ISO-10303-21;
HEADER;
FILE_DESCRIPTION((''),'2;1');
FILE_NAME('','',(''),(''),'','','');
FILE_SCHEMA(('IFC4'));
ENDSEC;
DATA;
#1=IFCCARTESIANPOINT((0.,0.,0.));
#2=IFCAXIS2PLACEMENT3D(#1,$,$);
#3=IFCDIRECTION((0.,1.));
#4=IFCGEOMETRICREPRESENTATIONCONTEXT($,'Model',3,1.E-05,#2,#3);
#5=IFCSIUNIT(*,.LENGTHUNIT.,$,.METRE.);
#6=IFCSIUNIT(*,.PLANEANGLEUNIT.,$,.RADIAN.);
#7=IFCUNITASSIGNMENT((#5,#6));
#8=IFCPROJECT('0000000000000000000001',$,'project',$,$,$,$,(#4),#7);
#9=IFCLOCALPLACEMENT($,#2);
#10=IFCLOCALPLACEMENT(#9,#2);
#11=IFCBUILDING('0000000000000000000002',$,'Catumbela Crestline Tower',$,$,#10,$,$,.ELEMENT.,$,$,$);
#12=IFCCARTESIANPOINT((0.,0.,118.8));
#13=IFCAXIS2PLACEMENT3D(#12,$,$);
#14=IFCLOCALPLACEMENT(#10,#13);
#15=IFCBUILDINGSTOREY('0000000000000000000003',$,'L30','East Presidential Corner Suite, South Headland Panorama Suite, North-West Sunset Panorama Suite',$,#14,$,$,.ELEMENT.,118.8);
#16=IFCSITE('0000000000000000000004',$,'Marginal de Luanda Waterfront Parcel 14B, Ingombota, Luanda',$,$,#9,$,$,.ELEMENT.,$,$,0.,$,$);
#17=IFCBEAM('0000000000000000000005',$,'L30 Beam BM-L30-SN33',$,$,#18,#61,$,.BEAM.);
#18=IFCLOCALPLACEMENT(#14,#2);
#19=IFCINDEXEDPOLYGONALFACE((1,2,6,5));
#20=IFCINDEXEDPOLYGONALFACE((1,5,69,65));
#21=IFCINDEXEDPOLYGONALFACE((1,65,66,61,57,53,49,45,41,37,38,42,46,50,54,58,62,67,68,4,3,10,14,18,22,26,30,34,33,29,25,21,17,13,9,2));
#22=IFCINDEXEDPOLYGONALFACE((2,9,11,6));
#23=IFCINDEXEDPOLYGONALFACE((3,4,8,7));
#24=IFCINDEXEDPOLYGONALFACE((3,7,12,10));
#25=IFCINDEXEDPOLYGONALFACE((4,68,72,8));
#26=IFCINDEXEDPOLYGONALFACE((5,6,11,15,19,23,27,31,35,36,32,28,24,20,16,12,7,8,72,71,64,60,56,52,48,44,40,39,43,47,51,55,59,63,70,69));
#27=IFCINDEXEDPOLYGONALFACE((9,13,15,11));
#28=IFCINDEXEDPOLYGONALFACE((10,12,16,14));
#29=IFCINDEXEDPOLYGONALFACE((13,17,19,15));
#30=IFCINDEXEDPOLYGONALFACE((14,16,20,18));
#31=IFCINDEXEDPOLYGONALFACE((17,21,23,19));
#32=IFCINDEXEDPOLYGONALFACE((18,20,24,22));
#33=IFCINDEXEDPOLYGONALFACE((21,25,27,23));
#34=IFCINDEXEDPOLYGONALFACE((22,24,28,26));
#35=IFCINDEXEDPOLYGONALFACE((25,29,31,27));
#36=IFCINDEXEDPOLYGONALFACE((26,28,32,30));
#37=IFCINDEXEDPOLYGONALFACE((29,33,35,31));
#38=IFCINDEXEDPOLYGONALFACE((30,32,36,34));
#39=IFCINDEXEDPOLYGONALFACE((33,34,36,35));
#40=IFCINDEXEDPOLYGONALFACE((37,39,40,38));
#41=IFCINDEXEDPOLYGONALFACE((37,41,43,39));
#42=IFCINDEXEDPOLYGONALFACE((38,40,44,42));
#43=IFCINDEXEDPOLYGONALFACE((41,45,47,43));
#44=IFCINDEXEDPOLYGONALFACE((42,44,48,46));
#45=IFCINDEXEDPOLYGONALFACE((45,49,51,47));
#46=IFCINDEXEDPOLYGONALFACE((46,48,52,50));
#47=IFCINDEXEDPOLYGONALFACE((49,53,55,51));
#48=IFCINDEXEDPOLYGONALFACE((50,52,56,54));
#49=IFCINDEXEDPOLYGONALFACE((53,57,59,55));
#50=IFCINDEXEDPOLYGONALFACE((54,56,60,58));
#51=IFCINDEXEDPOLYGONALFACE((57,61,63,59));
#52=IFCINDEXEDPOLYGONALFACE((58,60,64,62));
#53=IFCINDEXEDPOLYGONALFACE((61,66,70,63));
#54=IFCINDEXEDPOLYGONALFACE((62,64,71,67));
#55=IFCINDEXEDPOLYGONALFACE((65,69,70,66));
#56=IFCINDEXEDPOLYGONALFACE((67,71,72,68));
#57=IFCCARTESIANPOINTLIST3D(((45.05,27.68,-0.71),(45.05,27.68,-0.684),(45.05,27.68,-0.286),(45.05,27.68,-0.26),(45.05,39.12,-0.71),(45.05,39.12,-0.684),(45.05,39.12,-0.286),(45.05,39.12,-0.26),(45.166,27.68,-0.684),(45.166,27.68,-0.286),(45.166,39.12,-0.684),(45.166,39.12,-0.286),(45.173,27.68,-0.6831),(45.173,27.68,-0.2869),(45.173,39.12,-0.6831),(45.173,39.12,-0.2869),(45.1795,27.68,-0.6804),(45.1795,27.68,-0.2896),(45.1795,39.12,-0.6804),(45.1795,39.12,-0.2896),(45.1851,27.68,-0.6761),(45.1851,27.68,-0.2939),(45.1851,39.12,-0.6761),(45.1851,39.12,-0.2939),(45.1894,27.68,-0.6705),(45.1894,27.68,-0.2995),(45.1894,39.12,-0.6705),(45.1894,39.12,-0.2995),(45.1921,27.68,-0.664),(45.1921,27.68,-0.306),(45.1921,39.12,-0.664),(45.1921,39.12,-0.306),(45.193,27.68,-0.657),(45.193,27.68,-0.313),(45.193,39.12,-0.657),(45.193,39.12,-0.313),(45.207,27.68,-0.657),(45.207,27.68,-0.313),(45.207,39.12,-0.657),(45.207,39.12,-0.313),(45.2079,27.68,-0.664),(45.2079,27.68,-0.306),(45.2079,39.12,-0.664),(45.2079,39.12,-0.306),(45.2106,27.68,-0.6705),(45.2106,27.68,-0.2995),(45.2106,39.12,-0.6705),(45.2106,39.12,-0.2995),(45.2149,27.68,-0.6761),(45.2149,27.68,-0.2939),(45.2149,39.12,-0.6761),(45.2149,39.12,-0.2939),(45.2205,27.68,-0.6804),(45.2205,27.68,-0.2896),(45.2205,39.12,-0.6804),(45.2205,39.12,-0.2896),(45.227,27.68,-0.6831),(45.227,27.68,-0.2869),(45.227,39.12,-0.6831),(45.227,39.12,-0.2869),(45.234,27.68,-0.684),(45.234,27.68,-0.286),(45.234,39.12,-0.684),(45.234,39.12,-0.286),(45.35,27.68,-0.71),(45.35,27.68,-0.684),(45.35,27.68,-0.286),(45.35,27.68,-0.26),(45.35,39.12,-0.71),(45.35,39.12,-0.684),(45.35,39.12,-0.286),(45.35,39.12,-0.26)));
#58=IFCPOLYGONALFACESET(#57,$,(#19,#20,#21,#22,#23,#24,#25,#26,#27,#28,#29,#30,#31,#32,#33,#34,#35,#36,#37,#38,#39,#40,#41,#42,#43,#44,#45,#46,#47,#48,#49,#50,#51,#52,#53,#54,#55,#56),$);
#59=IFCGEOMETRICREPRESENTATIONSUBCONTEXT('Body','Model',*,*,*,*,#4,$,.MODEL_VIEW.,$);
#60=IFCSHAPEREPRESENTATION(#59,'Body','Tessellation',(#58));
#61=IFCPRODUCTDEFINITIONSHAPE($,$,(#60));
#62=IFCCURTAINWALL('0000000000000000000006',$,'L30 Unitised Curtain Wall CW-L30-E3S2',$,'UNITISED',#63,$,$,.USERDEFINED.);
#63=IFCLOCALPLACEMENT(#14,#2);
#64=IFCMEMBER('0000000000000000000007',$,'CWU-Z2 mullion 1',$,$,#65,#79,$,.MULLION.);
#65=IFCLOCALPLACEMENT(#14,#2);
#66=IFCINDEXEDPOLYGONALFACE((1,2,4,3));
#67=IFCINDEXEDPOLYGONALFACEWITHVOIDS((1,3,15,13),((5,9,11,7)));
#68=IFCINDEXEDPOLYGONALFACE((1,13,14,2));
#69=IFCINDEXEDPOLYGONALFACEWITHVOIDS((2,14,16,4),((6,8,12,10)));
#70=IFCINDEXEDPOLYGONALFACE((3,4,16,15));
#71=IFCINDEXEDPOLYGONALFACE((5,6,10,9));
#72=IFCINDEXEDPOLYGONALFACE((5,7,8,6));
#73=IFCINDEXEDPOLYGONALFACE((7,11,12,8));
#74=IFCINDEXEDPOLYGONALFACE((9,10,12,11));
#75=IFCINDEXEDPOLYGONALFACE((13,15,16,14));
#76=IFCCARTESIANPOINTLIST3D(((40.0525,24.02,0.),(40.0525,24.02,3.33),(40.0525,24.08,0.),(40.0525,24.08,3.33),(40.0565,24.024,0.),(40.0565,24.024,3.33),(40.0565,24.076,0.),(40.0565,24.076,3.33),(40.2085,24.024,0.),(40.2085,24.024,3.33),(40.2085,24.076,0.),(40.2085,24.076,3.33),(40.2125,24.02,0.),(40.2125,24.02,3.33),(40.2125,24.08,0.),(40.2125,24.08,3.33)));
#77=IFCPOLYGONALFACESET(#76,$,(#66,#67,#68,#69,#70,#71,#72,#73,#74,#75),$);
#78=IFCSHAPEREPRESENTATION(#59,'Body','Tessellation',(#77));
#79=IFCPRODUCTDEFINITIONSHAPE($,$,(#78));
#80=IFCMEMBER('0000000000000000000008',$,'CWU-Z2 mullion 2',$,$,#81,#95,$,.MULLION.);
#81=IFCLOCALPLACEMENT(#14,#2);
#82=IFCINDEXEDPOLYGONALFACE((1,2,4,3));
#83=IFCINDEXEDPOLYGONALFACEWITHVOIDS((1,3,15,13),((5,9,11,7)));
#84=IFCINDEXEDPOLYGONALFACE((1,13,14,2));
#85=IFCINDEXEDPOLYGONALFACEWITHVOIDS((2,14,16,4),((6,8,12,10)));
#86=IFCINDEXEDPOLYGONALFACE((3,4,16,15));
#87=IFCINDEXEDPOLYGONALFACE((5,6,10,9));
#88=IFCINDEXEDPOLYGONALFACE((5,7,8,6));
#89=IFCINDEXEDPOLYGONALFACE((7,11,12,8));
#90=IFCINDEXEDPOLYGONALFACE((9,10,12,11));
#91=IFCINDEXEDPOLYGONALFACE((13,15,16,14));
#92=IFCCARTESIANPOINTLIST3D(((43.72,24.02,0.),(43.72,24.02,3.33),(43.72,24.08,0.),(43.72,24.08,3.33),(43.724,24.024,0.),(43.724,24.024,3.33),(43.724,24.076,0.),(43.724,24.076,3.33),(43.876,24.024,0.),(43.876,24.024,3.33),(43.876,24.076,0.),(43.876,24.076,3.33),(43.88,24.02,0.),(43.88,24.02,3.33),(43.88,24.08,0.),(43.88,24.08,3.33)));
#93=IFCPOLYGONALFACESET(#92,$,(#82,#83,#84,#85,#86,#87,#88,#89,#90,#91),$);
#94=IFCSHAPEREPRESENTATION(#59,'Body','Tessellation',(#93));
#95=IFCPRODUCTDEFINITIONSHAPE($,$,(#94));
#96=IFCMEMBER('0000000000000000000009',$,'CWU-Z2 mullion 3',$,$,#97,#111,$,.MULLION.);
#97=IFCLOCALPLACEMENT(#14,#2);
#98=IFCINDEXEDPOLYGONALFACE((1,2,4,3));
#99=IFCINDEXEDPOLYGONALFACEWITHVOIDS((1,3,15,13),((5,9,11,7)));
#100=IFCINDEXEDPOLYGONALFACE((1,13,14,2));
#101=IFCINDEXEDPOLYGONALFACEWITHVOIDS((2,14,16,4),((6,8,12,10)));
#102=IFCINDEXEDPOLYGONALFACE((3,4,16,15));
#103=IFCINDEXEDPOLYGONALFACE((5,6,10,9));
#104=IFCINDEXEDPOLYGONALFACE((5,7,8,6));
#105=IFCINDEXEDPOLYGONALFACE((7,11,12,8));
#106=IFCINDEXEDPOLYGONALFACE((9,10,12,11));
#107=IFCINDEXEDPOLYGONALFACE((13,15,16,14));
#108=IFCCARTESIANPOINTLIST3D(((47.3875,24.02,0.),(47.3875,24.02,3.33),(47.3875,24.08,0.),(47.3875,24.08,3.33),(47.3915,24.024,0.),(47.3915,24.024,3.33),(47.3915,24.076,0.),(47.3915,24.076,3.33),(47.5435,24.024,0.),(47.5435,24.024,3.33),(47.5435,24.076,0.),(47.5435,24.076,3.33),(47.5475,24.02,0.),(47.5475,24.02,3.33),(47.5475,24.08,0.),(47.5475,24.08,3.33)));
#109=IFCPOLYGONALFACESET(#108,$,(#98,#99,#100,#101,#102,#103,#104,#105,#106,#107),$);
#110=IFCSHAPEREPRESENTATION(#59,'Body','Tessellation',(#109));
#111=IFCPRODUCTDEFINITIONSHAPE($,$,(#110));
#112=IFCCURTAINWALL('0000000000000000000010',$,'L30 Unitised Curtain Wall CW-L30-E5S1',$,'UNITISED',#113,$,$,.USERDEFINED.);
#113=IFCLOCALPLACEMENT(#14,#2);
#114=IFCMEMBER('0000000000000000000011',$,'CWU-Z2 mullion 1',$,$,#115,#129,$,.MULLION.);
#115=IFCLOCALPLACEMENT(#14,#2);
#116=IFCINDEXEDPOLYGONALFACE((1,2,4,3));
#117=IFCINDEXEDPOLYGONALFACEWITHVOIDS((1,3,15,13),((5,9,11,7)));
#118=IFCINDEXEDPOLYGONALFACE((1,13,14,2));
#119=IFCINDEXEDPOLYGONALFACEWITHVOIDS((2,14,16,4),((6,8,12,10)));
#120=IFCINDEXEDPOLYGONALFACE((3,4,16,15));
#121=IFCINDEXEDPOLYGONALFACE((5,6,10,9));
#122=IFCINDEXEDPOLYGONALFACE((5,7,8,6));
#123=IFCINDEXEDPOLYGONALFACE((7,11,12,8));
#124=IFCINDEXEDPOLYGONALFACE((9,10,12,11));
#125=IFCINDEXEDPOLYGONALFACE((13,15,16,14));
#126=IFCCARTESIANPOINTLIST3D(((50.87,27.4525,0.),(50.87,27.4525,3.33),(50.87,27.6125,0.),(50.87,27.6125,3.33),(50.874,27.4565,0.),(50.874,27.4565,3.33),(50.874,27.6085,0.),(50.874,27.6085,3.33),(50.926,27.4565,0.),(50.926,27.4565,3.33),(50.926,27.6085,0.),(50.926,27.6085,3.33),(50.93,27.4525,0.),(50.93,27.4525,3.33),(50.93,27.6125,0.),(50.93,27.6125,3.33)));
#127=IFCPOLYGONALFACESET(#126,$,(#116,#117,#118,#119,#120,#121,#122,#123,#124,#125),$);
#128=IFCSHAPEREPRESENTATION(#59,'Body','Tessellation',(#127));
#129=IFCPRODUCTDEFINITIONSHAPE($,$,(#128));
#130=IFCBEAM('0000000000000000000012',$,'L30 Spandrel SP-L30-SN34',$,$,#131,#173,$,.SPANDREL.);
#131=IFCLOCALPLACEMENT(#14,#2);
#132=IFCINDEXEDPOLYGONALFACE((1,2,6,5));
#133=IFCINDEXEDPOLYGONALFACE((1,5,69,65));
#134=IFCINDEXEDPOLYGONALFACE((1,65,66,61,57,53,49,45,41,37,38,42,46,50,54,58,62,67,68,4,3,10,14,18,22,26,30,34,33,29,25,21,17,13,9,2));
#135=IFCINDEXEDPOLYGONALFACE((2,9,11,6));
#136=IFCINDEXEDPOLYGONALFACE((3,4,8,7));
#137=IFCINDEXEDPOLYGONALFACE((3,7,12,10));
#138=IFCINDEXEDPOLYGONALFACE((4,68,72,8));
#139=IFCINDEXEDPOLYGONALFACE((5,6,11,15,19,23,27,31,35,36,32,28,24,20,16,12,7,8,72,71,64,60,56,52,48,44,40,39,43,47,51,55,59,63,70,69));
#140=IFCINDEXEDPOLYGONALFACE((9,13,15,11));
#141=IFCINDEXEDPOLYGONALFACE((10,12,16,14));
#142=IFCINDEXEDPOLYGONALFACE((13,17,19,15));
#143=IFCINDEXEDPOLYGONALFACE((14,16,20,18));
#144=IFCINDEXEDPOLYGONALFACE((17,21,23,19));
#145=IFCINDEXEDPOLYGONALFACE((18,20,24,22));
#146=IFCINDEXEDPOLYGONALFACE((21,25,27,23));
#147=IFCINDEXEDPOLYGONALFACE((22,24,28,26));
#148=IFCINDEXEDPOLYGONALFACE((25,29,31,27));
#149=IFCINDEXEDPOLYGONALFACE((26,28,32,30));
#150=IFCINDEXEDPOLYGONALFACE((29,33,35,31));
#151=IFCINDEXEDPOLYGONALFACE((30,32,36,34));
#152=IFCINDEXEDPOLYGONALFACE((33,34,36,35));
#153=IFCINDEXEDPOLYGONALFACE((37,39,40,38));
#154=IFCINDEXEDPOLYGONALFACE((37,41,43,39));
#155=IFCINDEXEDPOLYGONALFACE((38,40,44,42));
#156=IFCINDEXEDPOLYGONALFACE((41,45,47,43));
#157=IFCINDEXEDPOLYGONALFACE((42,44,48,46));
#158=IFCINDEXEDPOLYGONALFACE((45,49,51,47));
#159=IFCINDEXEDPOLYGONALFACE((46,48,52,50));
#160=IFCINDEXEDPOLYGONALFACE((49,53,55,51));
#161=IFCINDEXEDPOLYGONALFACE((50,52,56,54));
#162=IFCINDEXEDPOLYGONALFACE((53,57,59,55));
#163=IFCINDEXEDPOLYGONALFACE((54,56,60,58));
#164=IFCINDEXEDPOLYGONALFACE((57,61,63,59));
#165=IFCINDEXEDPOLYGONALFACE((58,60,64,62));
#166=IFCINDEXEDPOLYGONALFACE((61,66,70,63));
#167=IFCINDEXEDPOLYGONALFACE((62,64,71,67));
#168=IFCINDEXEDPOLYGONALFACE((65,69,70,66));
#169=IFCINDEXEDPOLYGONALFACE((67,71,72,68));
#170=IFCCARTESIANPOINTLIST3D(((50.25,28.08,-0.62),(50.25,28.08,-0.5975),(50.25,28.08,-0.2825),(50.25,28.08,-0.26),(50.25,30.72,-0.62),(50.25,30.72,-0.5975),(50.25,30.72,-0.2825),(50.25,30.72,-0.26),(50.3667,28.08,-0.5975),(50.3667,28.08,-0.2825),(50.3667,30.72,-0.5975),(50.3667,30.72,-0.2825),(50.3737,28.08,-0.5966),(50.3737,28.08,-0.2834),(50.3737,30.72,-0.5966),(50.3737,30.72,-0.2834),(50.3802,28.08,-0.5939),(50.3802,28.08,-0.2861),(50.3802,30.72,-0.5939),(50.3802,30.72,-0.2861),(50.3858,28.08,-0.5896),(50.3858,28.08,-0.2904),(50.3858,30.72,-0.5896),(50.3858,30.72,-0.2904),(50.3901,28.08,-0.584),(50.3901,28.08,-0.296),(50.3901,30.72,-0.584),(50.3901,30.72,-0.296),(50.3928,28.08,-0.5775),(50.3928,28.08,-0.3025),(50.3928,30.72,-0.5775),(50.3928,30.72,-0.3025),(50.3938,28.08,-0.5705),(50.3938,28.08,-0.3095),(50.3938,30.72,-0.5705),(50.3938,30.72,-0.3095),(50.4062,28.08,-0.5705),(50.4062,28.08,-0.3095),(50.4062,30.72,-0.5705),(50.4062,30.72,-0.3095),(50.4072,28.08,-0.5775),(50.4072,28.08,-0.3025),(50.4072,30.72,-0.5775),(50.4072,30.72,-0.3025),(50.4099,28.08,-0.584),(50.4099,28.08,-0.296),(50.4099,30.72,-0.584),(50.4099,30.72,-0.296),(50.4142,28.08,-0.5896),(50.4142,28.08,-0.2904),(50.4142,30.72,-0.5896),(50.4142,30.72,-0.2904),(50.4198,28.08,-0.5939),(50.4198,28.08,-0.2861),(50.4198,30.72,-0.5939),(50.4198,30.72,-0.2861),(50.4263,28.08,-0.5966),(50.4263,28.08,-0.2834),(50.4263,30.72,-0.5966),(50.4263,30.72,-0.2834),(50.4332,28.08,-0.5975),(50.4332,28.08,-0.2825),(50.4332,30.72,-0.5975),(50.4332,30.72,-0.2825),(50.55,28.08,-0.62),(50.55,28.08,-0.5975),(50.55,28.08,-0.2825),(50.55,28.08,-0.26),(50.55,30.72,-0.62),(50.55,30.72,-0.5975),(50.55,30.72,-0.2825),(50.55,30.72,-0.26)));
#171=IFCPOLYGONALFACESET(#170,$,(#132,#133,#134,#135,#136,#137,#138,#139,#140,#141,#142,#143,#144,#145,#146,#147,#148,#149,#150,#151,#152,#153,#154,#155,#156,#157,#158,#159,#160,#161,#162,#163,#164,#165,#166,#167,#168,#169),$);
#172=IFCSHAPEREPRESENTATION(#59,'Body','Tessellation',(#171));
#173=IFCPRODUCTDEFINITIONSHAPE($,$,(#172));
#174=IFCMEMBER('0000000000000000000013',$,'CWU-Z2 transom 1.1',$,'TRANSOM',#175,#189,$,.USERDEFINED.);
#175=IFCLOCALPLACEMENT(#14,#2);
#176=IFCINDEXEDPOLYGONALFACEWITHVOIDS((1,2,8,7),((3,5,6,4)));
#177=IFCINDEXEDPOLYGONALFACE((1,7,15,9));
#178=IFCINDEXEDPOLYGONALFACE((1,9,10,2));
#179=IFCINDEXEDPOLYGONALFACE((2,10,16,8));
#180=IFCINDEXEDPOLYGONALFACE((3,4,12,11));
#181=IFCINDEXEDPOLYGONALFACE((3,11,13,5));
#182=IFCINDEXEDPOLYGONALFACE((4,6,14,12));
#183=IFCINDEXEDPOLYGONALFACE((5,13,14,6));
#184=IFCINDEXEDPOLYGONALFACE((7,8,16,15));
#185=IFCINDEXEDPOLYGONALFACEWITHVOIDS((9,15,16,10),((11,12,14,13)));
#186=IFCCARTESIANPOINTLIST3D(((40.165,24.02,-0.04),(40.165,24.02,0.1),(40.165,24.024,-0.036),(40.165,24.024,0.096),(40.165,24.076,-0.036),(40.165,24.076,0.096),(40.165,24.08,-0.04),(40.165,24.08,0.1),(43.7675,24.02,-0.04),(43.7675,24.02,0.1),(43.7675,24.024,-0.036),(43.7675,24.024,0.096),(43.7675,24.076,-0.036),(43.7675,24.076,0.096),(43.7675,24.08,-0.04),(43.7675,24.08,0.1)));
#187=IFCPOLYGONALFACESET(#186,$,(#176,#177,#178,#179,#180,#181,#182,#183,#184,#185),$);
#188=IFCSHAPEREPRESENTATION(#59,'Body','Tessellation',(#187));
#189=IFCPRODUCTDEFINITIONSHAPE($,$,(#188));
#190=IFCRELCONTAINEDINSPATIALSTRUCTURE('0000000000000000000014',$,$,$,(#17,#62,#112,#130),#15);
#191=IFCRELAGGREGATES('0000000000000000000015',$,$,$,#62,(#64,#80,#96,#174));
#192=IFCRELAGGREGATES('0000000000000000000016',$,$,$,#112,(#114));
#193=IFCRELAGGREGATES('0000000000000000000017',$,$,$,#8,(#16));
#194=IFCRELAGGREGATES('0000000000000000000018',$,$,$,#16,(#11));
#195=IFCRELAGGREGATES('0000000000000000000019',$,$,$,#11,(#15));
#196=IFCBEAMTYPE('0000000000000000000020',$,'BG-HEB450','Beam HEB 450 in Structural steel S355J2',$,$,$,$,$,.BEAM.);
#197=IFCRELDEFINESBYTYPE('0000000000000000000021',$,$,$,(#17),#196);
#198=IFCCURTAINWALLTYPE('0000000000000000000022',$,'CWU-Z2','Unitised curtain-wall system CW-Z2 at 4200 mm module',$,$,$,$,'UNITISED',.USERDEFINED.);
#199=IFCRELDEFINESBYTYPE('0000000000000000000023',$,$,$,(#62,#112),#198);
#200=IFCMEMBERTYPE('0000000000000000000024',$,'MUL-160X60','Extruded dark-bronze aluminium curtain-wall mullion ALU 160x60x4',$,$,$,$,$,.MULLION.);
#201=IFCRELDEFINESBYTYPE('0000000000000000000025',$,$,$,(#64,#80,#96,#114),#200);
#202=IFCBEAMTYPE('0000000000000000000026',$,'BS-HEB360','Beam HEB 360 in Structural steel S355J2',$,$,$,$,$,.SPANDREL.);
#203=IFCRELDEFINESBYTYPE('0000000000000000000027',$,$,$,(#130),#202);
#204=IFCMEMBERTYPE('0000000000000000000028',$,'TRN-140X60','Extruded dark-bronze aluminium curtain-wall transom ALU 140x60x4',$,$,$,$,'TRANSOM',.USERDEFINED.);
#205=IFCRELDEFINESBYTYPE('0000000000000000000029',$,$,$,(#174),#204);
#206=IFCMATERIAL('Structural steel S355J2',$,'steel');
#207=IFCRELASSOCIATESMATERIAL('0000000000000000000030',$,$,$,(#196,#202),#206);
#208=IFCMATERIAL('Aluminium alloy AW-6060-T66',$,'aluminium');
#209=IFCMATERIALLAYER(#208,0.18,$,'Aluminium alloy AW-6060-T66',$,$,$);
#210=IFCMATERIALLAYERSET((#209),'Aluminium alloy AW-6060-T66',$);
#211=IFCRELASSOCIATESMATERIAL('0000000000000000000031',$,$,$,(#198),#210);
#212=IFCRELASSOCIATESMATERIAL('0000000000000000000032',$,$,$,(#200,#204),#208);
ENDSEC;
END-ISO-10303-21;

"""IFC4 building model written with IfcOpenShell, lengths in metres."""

from ifc_helpers import new_model, si_unit, direction, frame, origin, origin_2d, place, context, subcontext, project, spatial, hollow_rectangle, i_section, extrude, material, layer, layer_set, material_profile, profile_set, type_object, element, aggregate, save


model = new_model("IFC4")

# Units and contexts
model_context = context("Model", 3, precision=1e-05, world=origin(), true_north=direction((0.0, 1.0)))
body_context = subcontext(model_context, "Body", "Model", "MODEL_VIEW")
ifc_project = project(units=[si_unit("LENGTHUNIT", "METRE"), si_unit("PLANEANGLEUNIT", "RADIAN")], contexts=[model_context])

# Site, building, storey
site_placement = place(None, origin())
site = spatial("IfcSite", under=ifc_project, at=site_placement, Name="Marginal de Luanda Waterfront Parcel 14B, Ingombota, Luanda", CompositionType="ELEMENT", RefElevation=0.0)
building_placement = place(site_placement, origin())
building = spatial("IfcBuilding", under=site, at=building_placement, Name="Catumbela Crestline Tower", CompositionType="ELEMENT")
storey_placement = place(building_placement, frame((0.0, 0.0, 118.8)))
storey = spatial("IfcBuildingStorey", under=building, at=storey_placement, Name="L30", Description="East Presidential Corner Suite, South Headland Panorama Suite, North-West Sunset Panorama Suite", CompositionType="ELEMENT", Elevation=118.8)

# Beam
ifc_material_1 = material(Name="Structural steel S355J2", Category="steel")
ifc_material_profile_1 = material_profile(ifc_material_1, i_section(OverallWidth=0.3, OverallDepth=0.45, WebThickness=0.014, FlangeThickness=0.026, FilletRadius=0.027, at=origin_2d()), Name="HEB 450")
ifc_profile_set_1 = profile_set([ifc_material_profile_1], Name="Structural steel S355J2")
beam_type_1 = type_object("IfcBeamType", Name="BG-HEB450", Description="Beam HEB 450 in Structural steel S355J2", PredefinedType="BEAM", material=ifc_profile_set_1)
beam_1_placement = place(storey_placement, frame((45.2, 27.68, -0.485), z_axis=(0.0, 1.0, 0.0), x_axis=(-1.0, 0.0, 0.0)))
element("IfcBeam", 1, at=beam_1_placement, inside=storey, type_object=beam_type_1, Name="L30 Beam BM-L30-SN33", PredefinedType="BEAM", context=body_context, shape_type="SweptSolid", body=[
    extrude(i_section(OverallWidth=0.3, OverallDepth=0.45, WebThickness=0.014, FlangeThickness=0.026, FilletRadius=0.027, at=origin_2d()), origin(), (0.0, 0.0, 1.0), 11.44),
])

# Curtain wall, members
ifc_material_2 = material(Name="Aluminium alloy AW-6060-T66", Category="aluminium")
ifc_layer_1 = layer(ifc_material_2, 0.18, Name="Aluminium alloy AW-6060-T66")
ifc_layer_set_1 = layer_set([ifc_layer_1], Name="Aluminium alloy AW-6060-T66")
curtain_wall_type = type_object("IfcCurtainWallType", Name="CWU-Z2", Description="Unitised curtain-wall system CW-Z2 at 4200 mm module", ElementType="UNITISED", PredefinedType="USERDEFINED", material=ifc_layer_set_1)
curtain_wall_1_placement = place(storey_placement, origin())
curtain_wall_1 = element("IfcCurtainWall", 2, at=curtain_wall_1_placement, inside=storey, type_object=curtain_wall_type, Name="L30 Unitised Curtain Wall CW-L30-E3S2", ObjectType="UNITISED", PredefinedType="USERDEFINED")
ifc_material_profile_2 = material_profile(ifc_material_2, hollow_rectangle(XDim=0.06, YDim=0.16, WallThickness=0.004, at=origin_2d()), Name="ALU 160x60x4")
ifc_profile_set_2 = profile_set([ifc_material_profile_2], Name="Aluminium alloy AW-6060-T66")
member_type_1 = type_object("IfcMemberType", Name="MUL-160X60", Description="Extruded dark-bronze aluminium curtain-wall mullion ALU 160x60x4", PredefinedType="MULLION", material=ifc_profile_set_2)
member_1_placement = place(storey_placement, frame((40.1325, 24.05, 0.0), z_axis=(0.0, 0.0, 1.0), x_axis=(0.0, 1.0, 0.0)))
member_1 = element("IfcMember", 3, at=member_1_placement, type_object=member_type_1, Name="CWU-Z2 mullion 1", PredefinedType="MULLION", context=body_context, shape_type="SweptSolid", body=[
    extrude(hollow_rectangle(XDim=0.06, YDim=0.16, WallThickness=0.004, at=origin_2d()), origin(), (0.0, 0.0, 1.0), 3.33),
])
member_2_placement = place(storey_placement, frame((43.8, 24.05, 0.0), z_axis=(0.0, 0.0, 1.0), x_axis=(0.0, 1.0, 0.0)))
member_2 = element("IfcMember", 4, at=member_2_placement, type_object=member_type_1, Name="CWU-Z2 mullion 2", PredefinedType="MULLION", context=body_context, shape_type="SweptSolid", body=[
    extrude(hollow_rectangle(XDim=0.06, YDim=0.16, WallThickness=0.004, at=origin_2d()), origin(), (0.0, 0.0, 1.0), 3.33),
])
member_3_placement = place(storey_placement, frame((47.4675, 24.05, 0.0), z_axis=(0.0, 0.0, 1.0), x_axis=(0.0, 1.0, 0.0)))
member_3 = element("IfcMember", 5, at=member_3_placement, type_object=member_type_1, Name="CWU-Z2 mullion 3", PredefinedType="MULLION", context=body_context, shape_type="SweptSolid", body=[
    extrude(hollow_rectangle(XDim=0.06, YDim=0.16, WallThickness=0.004, at=origin_2d()), origin(), (0.0, 0.0, 1.0), 3.33),
])

# Curtain wall, member
curtain_wall_2_placement = place(storey_placement, origin())
curtain_wall_2 = element("IfcCurtainWall", 6, at=curtain_wall_2_placement, inside=storey, type_object=curtain_wall_type, Name="L30 Unitised Curtain Wall CW-L30-E5S1", ObjectType="UNITISED", PredefinedType="USERDEFINED")
member_4_placement = place(storey_placement, frame((50.9, 27.5325, 0.0), z_axis=(0.0, 0.0, 1.0), x_axis=(-1.0, 0.0, 0.0)))
member_4 = element("IfcMember", 7, at=member_4_placement, type_object=member_type_1, Name="CWU-Z2 mullion 1", PredefinedType="MULLION", context=body_context, shape_type="SweptSolid", body=[
    extrude(hollow_rectangle(XDim=0.06, YDim=0.16, WallThickness=0.004, at=origin_2d()), origin(), (0.0, 0.0, 1.0), 3.33),
])

# Beam
ifc_material_profile_3 = material_profile(ifc_material_1, i_section(OverallWidth=0.3, OverallDepth=0.36, WebThickness=0.0125, FlangeThickness=0.0225, FilletRadius=0.027, at=origin_2d()), Name="HEB 360")
ifc_profile_set_3 = profile_set([ifc_material_profile_3], Name="Structural steel S355J2")
beam_type_2 = type_object("IfcBeamType", Name="BS-HEB360", Description="Beam HEB 360 in Structural steel S355J2", PredefinedType="SPANDREL", material=ifc_profile_set_3)
beam_2_placement = place(storey_placement, frame((50.4, 28.08, -0.44), z_axis=(0.0, 1.0, 0.0), x_axis=(-1.0, 0.0, 0.0)))
element("IfcBeam", 8, at=beam_2_placement, inside=storey, type_object=beam_type_2, Name="L30 Spandrel SP-L30-SN34", PredefinedType="SPANDREL", context=body_context, shape_type="SweptSolid", body=[
    extrude(i_section(OverallWidth=0.3, OverallDepth=0.36, WebThickness=0.0125, FlangeThickness=0.0225, FilletRadius=0.027, at=origin_2d()), origin(), (0.0, 0.0, 1.0), 2.64),
])

# Member
ifc_material_profile_4 = material_profile(ifc_material_2, hollow_rectangle(XDim=0.06, YDim=0.14, WallThickness=0.004, at=origin_2d()), Name="ALU 140x60x4")
ifc_profile_set_4 = profile_set([ifc_material_profile_4], Name="Aluminium alloy AW-6060-T66")
member_type_2 = type_object("IfcMemberType", Name="TRN-140X60", Description="Extruded dark-bronze aluminium curtain-wall transom ALU 140x60x4", ElementType="TRANSOM", PredefinedType="USERDEFINED", material=ifc_profile_set_4)
member_5_placement = place(storey_placement, frame((40.165, 24.05, 0.03), z_axis=(1.0, 0.0, 0.0), x_axis=(0.0, 1.0, 0.0)))
member_5 = element("IfcMember", 9, at=member_5_placement, type_object=member_type_2, Name="CWU-Z2 transom 1.1", ObjectType="TRANSOM", PredefinedType="USERDEFINED", context=body_context, shape_type="SweptSolid", body=[
    extrude(hollow_rectangle(XDim=0.06, YDim=0.14, WallThickness=0.004, at=origin_2d()), origin(), (0.0, 0.0, 1.0), 3.6025),
])

aggregate(curtain_wall_1, [member_1, member_2, member_3, member_5])
aggregate(curtain_wall_2, [member_4])

save(model, "model.ifc")
